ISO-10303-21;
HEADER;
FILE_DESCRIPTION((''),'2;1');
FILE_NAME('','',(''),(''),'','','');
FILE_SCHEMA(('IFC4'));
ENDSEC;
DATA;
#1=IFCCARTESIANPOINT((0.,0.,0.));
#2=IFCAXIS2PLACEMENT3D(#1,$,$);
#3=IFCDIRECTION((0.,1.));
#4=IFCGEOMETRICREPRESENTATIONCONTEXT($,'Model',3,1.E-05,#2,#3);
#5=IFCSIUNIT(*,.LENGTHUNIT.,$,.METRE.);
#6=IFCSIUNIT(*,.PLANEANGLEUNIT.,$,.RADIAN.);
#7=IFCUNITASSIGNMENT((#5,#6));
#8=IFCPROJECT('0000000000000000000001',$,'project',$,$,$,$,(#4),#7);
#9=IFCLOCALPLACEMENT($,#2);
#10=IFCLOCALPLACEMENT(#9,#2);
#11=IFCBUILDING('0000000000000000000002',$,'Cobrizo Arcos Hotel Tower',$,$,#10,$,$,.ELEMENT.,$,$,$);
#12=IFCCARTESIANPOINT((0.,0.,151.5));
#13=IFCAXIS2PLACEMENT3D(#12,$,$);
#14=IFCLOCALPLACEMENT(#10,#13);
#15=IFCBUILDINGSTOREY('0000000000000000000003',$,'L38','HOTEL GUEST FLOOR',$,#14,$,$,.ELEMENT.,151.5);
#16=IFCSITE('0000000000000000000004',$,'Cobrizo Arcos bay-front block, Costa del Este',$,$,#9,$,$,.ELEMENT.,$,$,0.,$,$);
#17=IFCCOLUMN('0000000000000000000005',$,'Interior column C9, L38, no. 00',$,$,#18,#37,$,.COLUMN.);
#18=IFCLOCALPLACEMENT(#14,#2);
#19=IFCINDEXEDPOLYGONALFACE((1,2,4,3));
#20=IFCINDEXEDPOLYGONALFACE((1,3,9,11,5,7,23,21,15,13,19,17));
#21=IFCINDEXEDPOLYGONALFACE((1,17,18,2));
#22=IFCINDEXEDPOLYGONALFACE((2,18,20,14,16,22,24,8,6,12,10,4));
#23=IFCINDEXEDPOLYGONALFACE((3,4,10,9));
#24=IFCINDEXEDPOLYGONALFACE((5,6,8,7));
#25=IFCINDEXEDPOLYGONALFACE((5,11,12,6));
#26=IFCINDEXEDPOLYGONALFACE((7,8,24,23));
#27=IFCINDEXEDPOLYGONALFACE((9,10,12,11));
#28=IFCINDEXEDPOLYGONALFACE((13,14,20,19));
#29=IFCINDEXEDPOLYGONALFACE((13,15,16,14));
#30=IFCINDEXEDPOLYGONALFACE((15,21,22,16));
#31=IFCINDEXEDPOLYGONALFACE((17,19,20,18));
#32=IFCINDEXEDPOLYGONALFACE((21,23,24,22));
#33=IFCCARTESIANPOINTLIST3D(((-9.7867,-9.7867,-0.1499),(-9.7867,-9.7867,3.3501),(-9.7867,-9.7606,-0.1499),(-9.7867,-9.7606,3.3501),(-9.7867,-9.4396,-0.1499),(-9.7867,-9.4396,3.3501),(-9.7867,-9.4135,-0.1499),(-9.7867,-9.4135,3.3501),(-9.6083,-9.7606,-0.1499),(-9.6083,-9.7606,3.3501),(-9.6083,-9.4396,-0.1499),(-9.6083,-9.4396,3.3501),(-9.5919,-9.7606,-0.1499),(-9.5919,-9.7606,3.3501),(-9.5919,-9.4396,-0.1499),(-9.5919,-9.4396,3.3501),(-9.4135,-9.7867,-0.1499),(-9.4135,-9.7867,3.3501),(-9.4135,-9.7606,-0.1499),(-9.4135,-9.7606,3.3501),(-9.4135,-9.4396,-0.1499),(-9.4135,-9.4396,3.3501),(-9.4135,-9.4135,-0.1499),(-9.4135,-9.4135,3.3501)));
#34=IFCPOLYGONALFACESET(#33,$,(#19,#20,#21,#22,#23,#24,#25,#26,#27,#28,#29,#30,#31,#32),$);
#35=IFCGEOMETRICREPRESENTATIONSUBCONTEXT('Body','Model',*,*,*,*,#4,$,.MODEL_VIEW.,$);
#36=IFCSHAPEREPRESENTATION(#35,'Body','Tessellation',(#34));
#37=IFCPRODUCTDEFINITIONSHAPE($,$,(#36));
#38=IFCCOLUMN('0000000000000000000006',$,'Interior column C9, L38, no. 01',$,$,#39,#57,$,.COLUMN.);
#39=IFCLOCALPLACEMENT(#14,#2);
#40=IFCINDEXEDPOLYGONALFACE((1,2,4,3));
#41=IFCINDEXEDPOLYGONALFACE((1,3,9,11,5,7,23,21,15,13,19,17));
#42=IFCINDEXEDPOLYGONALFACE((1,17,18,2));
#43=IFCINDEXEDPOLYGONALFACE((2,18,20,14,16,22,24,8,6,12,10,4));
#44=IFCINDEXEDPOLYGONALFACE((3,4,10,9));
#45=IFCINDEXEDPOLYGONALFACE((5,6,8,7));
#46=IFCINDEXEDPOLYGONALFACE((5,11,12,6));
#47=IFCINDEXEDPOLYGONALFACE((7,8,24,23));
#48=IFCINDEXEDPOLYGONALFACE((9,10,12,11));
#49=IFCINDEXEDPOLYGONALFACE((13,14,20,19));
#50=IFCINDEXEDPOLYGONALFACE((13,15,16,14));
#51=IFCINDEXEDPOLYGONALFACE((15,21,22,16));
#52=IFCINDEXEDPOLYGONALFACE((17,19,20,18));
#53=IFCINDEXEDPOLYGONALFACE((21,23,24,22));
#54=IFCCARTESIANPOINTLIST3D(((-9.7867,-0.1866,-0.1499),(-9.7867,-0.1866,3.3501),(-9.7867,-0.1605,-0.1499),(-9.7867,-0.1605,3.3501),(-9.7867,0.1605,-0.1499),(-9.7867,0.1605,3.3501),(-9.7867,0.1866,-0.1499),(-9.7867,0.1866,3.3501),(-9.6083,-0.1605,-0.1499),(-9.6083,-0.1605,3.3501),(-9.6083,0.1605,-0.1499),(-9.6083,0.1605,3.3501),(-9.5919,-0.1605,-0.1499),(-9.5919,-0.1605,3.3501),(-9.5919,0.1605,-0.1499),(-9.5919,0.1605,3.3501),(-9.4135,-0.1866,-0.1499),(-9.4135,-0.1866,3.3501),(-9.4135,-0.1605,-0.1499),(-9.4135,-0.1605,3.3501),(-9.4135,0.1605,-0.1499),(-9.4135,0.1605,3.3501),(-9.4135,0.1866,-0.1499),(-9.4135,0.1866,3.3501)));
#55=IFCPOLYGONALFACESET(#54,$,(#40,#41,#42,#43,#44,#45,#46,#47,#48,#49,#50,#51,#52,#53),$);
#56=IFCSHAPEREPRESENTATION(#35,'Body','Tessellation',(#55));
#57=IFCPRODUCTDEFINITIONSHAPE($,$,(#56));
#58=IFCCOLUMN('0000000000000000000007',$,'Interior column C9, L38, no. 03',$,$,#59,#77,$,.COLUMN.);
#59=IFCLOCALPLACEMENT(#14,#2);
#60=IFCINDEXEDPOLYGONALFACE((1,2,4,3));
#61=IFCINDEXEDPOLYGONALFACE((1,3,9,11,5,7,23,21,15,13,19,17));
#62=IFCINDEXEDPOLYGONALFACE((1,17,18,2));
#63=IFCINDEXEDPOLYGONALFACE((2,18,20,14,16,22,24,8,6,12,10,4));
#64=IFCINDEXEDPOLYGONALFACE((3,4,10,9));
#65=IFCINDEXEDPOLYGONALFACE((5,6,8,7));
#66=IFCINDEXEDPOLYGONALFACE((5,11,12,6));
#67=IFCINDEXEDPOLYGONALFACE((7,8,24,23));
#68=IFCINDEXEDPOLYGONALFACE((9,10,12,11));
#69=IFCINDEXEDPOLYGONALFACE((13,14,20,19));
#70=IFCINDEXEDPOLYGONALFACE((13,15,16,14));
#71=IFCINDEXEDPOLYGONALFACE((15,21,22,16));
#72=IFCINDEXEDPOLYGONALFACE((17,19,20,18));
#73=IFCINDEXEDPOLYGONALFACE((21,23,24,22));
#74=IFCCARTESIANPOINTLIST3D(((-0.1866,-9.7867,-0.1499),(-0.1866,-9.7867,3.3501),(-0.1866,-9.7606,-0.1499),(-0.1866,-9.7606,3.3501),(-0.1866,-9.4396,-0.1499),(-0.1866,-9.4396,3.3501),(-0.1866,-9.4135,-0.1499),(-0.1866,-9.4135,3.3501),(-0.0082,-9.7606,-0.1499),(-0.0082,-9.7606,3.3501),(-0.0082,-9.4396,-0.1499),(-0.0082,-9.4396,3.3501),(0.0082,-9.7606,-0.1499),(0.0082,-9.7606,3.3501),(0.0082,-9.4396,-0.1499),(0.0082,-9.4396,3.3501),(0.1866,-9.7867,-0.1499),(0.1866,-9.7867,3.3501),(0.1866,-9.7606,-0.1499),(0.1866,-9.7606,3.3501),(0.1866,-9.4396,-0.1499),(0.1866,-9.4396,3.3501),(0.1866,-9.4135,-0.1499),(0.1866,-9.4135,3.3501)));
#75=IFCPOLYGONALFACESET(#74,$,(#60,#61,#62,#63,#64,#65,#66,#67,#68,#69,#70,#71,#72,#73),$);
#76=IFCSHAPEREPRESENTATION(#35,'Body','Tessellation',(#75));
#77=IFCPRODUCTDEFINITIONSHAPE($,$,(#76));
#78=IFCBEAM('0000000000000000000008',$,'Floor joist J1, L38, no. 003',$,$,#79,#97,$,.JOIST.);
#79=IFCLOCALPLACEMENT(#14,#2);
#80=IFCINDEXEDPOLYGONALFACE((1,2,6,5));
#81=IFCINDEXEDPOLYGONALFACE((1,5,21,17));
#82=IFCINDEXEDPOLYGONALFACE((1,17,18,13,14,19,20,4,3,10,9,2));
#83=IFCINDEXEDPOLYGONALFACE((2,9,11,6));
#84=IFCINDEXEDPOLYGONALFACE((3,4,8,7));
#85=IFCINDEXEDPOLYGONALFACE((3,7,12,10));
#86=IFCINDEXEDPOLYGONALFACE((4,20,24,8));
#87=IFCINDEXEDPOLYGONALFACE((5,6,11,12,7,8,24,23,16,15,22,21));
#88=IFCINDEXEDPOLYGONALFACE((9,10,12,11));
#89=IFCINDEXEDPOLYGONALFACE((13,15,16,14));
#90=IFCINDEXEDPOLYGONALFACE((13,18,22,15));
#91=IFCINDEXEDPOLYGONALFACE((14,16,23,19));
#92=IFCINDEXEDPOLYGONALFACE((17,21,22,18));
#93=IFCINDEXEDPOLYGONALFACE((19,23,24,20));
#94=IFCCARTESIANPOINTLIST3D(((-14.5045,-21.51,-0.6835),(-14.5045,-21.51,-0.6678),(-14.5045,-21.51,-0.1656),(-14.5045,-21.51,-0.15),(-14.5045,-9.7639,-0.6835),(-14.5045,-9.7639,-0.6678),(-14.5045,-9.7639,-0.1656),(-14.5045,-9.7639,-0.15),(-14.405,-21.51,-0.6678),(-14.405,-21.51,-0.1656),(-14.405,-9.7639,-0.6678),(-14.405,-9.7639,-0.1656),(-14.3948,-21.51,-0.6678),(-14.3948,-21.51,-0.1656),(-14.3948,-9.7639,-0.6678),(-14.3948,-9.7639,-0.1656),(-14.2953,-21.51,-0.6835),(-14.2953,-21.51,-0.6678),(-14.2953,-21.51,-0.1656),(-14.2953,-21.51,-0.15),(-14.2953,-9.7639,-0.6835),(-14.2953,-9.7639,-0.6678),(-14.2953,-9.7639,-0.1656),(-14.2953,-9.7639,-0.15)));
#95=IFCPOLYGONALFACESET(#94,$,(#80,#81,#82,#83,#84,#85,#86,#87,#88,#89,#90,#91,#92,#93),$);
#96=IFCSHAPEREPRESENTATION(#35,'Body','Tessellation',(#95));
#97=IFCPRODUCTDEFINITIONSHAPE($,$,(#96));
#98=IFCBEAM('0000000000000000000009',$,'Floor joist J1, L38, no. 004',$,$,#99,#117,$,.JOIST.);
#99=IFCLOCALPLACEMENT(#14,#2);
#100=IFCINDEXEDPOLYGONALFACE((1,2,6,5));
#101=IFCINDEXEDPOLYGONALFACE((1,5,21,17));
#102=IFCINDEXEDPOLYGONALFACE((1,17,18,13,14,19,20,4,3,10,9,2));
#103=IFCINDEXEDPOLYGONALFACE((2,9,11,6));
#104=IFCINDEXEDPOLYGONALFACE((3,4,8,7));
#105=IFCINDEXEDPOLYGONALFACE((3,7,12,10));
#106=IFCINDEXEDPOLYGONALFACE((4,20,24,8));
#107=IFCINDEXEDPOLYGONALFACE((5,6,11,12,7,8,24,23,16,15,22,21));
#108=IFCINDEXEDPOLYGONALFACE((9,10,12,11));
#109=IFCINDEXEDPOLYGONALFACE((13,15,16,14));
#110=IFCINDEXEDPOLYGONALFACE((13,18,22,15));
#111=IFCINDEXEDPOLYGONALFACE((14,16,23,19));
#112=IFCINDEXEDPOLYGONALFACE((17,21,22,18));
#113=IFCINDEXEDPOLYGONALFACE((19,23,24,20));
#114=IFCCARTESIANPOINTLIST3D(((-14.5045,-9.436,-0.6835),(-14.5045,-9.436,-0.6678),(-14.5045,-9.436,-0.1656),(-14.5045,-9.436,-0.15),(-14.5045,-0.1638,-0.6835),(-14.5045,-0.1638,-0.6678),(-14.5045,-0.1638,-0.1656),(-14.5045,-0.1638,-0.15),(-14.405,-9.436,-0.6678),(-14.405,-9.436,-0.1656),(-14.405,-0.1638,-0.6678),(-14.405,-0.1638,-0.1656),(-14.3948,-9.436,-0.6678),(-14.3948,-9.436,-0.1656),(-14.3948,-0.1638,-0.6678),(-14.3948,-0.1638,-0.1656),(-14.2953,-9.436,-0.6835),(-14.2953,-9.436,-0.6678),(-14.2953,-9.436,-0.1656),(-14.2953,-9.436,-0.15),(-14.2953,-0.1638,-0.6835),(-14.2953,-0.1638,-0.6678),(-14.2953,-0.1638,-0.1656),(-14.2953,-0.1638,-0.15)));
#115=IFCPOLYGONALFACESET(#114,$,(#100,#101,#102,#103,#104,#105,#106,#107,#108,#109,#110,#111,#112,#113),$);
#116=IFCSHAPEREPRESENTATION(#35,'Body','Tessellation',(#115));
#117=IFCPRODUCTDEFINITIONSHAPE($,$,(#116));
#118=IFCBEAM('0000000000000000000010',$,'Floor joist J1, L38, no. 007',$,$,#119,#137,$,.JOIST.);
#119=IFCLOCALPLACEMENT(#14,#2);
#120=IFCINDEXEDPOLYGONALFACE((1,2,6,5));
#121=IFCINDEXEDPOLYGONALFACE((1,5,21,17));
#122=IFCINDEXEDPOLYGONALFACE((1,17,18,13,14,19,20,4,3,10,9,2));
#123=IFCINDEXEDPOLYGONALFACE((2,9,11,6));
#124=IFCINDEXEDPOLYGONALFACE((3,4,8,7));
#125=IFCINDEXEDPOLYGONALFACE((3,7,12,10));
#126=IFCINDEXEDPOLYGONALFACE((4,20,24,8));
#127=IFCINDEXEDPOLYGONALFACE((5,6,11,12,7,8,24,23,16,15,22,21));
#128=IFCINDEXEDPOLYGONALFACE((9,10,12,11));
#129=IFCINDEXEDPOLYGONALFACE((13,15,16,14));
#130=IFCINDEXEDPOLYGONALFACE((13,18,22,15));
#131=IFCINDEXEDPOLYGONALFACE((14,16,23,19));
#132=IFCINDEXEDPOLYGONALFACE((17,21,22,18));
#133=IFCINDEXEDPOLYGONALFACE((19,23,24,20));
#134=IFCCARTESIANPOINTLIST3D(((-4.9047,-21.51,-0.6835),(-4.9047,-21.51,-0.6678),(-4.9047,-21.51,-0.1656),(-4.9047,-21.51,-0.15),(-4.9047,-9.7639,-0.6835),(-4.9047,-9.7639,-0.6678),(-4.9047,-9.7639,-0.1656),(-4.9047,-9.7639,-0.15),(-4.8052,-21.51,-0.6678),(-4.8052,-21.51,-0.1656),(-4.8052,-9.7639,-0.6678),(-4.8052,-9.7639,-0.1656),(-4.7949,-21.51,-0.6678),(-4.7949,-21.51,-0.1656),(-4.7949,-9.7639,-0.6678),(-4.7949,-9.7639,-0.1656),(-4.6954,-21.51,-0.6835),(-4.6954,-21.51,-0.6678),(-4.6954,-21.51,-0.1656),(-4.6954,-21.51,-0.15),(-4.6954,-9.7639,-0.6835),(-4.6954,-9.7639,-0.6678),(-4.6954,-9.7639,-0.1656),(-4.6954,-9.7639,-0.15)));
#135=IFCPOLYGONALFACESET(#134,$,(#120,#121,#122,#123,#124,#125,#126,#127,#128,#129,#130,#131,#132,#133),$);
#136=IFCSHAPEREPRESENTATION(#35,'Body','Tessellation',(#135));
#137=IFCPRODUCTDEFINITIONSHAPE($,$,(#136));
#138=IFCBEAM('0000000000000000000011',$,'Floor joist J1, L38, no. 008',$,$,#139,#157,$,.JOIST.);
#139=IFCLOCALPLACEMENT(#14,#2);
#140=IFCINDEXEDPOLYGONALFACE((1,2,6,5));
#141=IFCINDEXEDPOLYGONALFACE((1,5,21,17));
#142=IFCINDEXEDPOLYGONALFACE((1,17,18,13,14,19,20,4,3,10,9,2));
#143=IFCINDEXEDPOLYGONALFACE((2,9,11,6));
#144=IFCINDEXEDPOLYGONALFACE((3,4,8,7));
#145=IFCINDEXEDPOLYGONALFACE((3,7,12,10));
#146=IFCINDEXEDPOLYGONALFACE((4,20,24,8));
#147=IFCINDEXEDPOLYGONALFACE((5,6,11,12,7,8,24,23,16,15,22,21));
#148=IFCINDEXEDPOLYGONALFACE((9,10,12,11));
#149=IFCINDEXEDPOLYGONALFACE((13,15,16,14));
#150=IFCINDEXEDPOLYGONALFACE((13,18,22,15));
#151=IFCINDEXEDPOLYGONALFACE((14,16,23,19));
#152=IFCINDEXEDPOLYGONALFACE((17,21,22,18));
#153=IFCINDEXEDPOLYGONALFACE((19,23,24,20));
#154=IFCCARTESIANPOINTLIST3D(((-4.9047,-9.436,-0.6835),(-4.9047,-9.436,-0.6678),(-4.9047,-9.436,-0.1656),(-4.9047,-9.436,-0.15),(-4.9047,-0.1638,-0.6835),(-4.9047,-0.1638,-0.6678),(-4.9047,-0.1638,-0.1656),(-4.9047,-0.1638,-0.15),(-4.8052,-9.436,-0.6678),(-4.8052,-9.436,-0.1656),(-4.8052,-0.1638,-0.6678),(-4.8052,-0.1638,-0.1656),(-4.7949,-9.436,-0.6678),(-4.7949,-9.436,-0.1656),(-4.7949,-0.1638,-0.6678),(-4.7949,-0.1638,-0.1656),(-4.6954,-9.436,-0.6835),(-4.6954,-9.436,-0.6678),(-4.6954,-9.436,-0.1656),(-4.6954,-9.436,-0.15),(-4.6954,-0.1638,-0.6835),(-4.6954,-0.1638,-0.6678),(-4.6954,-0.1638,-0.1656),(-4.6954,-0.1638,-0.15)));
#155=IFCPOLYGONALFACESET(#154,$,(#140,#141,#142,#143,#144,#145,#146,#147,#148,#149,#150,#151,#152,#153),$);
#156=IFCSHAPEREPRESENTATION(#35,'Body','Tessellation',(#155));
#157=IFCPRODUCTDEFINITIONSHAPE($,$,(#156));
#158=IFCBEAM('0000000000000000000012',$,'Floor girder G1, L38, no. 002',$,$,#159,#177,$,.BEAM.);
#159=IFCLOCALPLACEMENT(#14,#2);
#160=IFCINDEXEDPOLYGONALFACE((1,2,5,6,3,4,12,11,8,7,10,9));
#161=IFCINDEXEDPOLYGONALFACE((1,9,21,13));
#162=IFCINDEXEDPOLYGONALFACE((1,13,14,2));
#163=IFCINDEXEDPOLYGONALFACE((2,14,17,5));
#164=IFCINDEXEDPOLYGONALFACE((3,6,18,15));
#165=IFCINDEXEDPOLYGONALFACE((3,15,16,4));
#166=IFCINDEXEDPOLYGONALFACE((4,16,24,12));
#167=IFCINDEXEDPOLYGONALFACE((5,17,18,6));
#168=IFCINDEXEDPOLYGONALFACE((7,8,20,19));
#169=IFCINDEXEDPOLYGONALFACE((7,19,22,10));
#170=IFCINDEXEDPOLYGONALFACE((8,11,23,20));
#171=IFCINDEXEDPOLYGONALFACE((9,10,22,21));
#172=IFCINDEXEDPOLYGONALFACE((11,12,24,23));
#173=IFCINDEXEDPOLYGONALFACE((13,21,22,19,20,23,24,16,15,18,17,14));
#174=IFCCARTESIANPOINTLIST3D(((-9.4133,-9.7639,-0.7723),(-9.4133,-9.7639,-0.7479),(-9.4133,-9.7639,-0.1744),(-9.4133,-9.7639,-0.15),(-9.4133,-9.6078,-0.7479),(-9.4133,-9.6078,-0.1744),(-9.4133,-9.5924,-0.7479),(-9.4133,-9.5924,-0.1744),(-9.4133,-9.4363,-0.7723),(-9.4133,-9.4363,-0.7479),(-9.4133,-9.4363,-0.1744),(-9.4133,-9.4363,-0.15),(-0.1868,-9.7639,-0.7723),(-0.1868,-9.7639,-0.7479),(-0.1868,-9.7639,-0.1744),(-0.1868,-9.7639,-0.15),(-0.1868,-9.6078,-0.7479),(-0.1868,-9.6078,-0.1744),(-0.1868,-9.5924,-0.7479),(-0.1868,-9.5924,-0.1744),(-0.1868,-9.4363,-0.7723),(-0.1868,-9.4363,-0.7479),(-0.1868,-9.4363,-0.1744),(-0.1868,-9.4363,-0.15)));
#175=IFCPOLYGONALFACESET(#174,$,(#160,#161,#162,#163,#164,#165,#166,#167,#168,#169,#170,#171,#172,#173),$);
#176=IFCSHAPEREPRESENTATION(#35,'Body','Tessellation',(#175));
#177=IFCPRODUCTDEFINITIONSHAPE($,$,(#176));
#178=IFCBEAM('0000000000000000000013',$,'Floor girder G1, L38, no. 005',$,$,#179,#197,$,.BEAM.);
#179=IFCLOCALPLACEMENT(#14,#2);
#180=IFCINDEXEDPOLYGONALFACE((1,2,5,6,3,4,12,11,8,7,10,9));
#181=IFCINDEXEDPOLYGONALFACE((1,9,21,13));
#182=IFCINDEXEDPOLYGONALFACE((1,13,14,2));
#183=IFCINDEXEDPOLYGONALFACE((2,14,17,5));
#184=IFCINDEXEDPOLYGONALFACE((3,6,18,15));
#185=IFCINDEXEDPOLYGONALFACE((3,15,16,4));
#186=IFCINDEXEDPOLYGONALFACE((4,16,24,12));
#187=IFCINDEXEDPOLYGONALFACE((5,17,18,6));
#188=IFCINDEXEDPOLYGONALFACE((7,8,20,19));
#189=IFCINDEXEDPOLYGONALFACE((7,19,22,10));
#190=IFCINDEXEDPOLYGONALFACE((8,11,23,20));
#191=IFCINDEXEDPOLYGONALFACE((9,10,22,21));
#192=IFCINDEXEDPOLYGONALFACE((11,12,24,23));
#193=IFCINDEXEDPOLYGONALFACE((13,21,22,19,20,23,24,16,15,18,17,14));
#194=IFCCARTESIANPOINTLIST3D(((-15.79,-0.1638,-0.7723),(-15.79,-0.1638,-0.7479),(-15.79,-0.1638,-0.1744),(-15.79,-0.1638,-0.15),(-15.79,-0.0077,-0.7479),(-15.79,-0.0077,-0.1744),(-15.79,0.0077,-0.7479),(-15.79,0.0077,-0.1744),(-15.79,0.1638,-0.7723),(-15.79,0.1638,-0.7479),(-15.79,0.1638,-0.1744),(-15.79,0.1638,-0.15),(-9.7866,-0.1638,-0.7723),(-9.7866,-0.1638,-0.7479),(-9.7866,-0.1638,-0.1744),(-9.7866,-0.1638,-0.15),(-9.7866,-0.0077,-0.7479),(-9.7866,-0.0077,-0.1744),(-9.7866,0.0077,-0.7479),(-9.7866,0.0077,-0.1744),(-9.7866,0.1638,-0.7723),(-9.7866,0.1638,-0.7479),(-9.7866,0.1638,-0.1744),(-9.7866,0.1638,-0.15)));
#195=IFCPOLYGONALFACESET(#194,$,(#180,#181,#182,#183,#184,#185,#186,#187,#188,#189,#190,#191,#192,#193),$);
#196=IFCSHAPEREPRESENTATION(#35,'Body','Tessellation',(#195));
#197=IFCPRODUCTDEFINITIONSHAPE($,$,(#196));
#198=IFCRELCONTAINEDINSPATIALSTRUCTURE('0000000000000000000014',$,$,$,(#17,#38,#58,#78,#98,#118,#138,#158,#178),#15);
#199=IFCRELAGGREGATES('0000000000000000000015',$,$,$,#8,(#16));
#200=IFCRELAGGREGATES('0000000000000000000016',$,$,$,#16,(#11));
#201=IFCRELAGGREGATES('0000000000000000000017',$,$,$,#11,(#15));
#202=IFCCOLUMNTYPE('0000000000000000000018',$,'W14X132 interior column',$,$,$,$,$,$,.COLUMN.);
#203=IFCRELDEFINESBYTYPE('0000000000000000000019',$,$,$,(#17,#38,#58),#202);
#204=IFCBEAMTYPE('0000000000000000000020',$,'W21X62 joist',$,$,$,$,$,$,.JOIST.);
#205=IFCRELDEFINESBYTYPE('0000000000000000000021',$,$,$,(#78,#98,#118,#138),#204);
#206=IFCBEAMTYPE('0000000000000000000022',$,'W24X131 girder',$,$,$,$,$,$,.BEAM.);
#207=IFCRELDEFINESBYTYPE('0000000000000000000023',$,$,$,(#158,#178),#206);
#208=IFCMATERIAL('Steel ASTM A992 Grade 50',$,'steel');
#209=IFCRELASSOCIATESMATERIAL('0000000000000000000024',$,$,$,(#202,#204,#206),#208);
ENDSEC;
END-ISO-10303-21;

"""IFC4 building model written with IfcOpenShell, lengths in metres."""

from ifc_helpers import new_model, si_unit, direction, frame, origin, origin_2d, place, context, subcontext, project, spatial, i_section, extrude, material, material_profile, profile_set, type_object, element, save


model = new_model("IFC4")

# Units and contexts
model_context = context("Model", 3, precision=1e-05, world=origin(), true_north=direction((0.0, 1.0)))
body_context = subcontext(model_context, "Body", "Model", "MODEL_VIEW")
ifc_project = project(units=[si_unit("LENGTHUNIT", "METRE"), si_unit("PLANEANGLEUNIT", "RADIAN")], contexts=[model_context])

# Site, building, storey
site_placement = place(None, origin())
site = spatial("IfcSite", under=ifc_project, at=site_placement, Name="Cobrizo Arcos bay-front block, Costa del Este", CompositionType="ELEMENT", RefElevation=0.0)
building_placement = place(site_placement, origin())
building = spatial("IfcBuilding", under=site, at=building_placement, Name="Cobrizo Arcos Hotel Tower", CompositionType="ELEMENT")
storey_placement = place(building_placement, frame((0.0, 0.0, 151.5)))
storey = spatial("IfcBuildingStorey", under=building, at=storey_placement, Name="L38", Description="HOTEL GUEST FLOOR", CompositionType="ELEMENT", Elevation=151.5)

# Columns
ifc_material_1 = material(Name="Steel ASTM A992 Grade 50", Category="steel")
ifc_material_profile_1 = material_profile(ifc_material_1, i_section(OverallWidth=0.3733, OverallDepth=0.3733, WebThickness=0.0164, FlangeThickness=0.0261, at=origin_2d()), Name="W14X132")
ifc_profile_set_1 = profile_set([ifc_material_profile_1], Name="Steel ASTM A992 Grade 50")
column_type = type_object("IfcColumnType", Name="W14X132 interior column", PredefinedType="COLUMN", material=ifc_profile_set_1)
for number, where, z_axis, x_axis, name in (
    (1, (-9.6001, -9.6001, -0.1499), (0.0, 0.0, 1.0), (1.0, 0.0, 0.0), "Interior column C9, L38, no. 00"),
    (2, (-9.6001, 0.0, -0.1499), (0.0, 0.0, 1.0), (1.0, 0.0, 0.0), "Interior column C9, L38, no. 01"),
    (3, (0.0, -9.6001, -0.1499), (0.0, 0.0, 1.0), (1.0, 0.0, 0.0), "Interior column C9, L38, no. 03"),
):
    element("IfcColumn", number, at=place(storey_placement, frame(where, z_axis=z_axis, x_axis=x_axis)), inside=storey, type_object=column_type, Name=name, PredefinedType="COLUMN", context=body_context, shape_type="SweptSolid", body=[
        extrude(i_section(OverallWidth=0.3733, OverallDepth=0.3733, WebThickness=0.0164, FlangeThickness=0.0261, at=origin_2d()), origin(), (0.0, 0.0, 1.0), 3.5),
    ])

# Beams
ifc_material_profile_2 = material_profile(ifc_material_1, i_section(OverallWidth=0.2092, OverallDepth=0.5334, WebThickness=0.0103, FlangeThickness=0.0156, at=origin_2d()), Name="W21X62")
ifc_profile_set_2 = profile_set([ifc_material_profile_2], Name="Steel ASTM A992 Grade 50")
beam_type_1 = type_object("IfcBeamType", Name="W21X62 joist", PredefinedType="JOIST", material=ifc_profile_set_2)
beam_1_placement = place(storey_placement, frame((-14.3999, -21.51, -0.4167), z_axis=(0.0, 1.0, 0.0), x_axis=(-1.0, 0.0, 0.0)))
element("IfcBeam", 4, at=beam_1_placement, inside=storey, type_object=beam_type_1, Name="Floor joist J1, L38, no. 003", PredefinedType="JOIST", context=body_context, shape_type="SweptSolid", body=[
    extrude(i_section(OverallWidth=0.2092, OverallDepth=0.5334, WebThickness=0.0103, FlangeThickness=0.0156, at=origin_2d()), origin(), (0.0, 0.0, 1.0), 11.7461),
])
beam_2_placement = place(storey_placement, frame((-14.3999, -9.436, -0.4167), z_axis=(0.0, 1.0, 0.0), x_axis=(-1.0, 0.0, 0.0)))
element("IfcBeam", 5, at=beam_2_placement, inside=storey, type_object=beam_type_1, Name="Floor joist J1, L38, no. 004", PredefinedType="JOIST", context=body_context, shape_type="SweptSolid", body=[
    extrude(i_section(OverallWidth=0.2092, OverallDepth=0.5334, WebThickness=0.0103, FlangeThickness=0.0156, at=origin_2d()), origin(), (0.0, 0.0, 1.0), 9.2722),
])
beam_3_placement = place(storey_placement, frame((-4.8, -21.51, -0.4167), z_axis=(0.0, 1.0, 0.0), x_axis=(-1.0, 0.0, 0.0)))
element("IfcBeam", 6, at=beam_3_placement, inside=storey, type_object=beam_type_1, Name="Floor joist J1, L38, no. 007", PredefinedType="JOIST", context=body_context, shape_type="SweptSolid", body=[
    extrude(i_section(OverallWidth=0.2092, OverallDepth=0.5334, WebThickness=0.0103, FlangeThickness=0.0156, at=origin_2d()), origin(), (0.0, 0.0, 1.0), 11.7461),
])
beam_4_placement = place(storey_placement, frame((-4.8, -9.436, -0.4167), z_axis=(0.0, 1.0, 0.0), x_axis=(-1.0, 0.0, 0.0)))
element("IfcBeam", 7, at=beam_4_placement, inside=storey, type_object=beam_type_1, Name="Floor joist J1, L38, no. 008", PredefinedType="JOIST", context=body_context, shape_type="SweptSolid", body=[
    extrude(i_section(OverallWidth=0.2092, OverallDepth=0.5334, WebThickness=0.0103, FlangeThickness=0.0156, at=origin_2d()), origin(), (0.0, 0.0, 1.0), 9.2722),
])
ifc_material_profile_3 = material_profile(ifc_material_1, i_section(OverallWidth=0.3276, OverallDepth=0.6223, WebThickness=0.0154, FlangeThickness=0.0244, at=origin_2d()), Name="W24X131")
ifc_profile_set_3 = profile_set([ifc_material_profile_3], Name="Steel ASTM A992 Grade 50")
beam_type_2 = type_object("IfcBeamType", Name="W24X131 girder", PredefinedType="BEAM", material=ifc_profile_set_3)
beam_5_placement = place(storey_placement, frame((-9.4133, -9.6001, -0.4612), z_axis=(1.0, 0.0, 0.0), x_axis=(0.0, 1.0, 0.0)))
element("IfcBeam", 8, at=beam_5_placement, inside=storey, type_object=beam_type_2, Name="Floor girder G1, L38, no. 002", PredefinedType="BEAM", context=body_context, shape_type="SweptSolid", body=[
    extrude(i_section(OverallWidth=0.3276, OverallDepth=0.6223, WebThickness=0.0154, FlangeThickness=0.0244, at=origin_2d()), origin(), (0.0, 0.0, 1.0), 9.2266),
])
beam_6_placement = place(storey_placement, frame((-15.79, 0.0, -0.4612), z_axis=(1.0, 0.0, 0.0), x_axis=(0.0, 1.0, 0.0)))
element("IfcBeam", 9, at=beam_6_placement, inside=storey, type_object=beam_type_2, Name="Floor girder G1, L38, no. 005", PredefinedType="BEAM", context=body_context, shape_type="SweptSolid", body=[
    extrude(i_section(OverallWidth=0.3276, OverallDepth=0.6223, WebThickness=0.0154, FlangeThickness=0.0244, at=origin_2d()), origin(), (0.0, 0.0, 1.0), 6.0034),
])

save(model, "model.ifc")
